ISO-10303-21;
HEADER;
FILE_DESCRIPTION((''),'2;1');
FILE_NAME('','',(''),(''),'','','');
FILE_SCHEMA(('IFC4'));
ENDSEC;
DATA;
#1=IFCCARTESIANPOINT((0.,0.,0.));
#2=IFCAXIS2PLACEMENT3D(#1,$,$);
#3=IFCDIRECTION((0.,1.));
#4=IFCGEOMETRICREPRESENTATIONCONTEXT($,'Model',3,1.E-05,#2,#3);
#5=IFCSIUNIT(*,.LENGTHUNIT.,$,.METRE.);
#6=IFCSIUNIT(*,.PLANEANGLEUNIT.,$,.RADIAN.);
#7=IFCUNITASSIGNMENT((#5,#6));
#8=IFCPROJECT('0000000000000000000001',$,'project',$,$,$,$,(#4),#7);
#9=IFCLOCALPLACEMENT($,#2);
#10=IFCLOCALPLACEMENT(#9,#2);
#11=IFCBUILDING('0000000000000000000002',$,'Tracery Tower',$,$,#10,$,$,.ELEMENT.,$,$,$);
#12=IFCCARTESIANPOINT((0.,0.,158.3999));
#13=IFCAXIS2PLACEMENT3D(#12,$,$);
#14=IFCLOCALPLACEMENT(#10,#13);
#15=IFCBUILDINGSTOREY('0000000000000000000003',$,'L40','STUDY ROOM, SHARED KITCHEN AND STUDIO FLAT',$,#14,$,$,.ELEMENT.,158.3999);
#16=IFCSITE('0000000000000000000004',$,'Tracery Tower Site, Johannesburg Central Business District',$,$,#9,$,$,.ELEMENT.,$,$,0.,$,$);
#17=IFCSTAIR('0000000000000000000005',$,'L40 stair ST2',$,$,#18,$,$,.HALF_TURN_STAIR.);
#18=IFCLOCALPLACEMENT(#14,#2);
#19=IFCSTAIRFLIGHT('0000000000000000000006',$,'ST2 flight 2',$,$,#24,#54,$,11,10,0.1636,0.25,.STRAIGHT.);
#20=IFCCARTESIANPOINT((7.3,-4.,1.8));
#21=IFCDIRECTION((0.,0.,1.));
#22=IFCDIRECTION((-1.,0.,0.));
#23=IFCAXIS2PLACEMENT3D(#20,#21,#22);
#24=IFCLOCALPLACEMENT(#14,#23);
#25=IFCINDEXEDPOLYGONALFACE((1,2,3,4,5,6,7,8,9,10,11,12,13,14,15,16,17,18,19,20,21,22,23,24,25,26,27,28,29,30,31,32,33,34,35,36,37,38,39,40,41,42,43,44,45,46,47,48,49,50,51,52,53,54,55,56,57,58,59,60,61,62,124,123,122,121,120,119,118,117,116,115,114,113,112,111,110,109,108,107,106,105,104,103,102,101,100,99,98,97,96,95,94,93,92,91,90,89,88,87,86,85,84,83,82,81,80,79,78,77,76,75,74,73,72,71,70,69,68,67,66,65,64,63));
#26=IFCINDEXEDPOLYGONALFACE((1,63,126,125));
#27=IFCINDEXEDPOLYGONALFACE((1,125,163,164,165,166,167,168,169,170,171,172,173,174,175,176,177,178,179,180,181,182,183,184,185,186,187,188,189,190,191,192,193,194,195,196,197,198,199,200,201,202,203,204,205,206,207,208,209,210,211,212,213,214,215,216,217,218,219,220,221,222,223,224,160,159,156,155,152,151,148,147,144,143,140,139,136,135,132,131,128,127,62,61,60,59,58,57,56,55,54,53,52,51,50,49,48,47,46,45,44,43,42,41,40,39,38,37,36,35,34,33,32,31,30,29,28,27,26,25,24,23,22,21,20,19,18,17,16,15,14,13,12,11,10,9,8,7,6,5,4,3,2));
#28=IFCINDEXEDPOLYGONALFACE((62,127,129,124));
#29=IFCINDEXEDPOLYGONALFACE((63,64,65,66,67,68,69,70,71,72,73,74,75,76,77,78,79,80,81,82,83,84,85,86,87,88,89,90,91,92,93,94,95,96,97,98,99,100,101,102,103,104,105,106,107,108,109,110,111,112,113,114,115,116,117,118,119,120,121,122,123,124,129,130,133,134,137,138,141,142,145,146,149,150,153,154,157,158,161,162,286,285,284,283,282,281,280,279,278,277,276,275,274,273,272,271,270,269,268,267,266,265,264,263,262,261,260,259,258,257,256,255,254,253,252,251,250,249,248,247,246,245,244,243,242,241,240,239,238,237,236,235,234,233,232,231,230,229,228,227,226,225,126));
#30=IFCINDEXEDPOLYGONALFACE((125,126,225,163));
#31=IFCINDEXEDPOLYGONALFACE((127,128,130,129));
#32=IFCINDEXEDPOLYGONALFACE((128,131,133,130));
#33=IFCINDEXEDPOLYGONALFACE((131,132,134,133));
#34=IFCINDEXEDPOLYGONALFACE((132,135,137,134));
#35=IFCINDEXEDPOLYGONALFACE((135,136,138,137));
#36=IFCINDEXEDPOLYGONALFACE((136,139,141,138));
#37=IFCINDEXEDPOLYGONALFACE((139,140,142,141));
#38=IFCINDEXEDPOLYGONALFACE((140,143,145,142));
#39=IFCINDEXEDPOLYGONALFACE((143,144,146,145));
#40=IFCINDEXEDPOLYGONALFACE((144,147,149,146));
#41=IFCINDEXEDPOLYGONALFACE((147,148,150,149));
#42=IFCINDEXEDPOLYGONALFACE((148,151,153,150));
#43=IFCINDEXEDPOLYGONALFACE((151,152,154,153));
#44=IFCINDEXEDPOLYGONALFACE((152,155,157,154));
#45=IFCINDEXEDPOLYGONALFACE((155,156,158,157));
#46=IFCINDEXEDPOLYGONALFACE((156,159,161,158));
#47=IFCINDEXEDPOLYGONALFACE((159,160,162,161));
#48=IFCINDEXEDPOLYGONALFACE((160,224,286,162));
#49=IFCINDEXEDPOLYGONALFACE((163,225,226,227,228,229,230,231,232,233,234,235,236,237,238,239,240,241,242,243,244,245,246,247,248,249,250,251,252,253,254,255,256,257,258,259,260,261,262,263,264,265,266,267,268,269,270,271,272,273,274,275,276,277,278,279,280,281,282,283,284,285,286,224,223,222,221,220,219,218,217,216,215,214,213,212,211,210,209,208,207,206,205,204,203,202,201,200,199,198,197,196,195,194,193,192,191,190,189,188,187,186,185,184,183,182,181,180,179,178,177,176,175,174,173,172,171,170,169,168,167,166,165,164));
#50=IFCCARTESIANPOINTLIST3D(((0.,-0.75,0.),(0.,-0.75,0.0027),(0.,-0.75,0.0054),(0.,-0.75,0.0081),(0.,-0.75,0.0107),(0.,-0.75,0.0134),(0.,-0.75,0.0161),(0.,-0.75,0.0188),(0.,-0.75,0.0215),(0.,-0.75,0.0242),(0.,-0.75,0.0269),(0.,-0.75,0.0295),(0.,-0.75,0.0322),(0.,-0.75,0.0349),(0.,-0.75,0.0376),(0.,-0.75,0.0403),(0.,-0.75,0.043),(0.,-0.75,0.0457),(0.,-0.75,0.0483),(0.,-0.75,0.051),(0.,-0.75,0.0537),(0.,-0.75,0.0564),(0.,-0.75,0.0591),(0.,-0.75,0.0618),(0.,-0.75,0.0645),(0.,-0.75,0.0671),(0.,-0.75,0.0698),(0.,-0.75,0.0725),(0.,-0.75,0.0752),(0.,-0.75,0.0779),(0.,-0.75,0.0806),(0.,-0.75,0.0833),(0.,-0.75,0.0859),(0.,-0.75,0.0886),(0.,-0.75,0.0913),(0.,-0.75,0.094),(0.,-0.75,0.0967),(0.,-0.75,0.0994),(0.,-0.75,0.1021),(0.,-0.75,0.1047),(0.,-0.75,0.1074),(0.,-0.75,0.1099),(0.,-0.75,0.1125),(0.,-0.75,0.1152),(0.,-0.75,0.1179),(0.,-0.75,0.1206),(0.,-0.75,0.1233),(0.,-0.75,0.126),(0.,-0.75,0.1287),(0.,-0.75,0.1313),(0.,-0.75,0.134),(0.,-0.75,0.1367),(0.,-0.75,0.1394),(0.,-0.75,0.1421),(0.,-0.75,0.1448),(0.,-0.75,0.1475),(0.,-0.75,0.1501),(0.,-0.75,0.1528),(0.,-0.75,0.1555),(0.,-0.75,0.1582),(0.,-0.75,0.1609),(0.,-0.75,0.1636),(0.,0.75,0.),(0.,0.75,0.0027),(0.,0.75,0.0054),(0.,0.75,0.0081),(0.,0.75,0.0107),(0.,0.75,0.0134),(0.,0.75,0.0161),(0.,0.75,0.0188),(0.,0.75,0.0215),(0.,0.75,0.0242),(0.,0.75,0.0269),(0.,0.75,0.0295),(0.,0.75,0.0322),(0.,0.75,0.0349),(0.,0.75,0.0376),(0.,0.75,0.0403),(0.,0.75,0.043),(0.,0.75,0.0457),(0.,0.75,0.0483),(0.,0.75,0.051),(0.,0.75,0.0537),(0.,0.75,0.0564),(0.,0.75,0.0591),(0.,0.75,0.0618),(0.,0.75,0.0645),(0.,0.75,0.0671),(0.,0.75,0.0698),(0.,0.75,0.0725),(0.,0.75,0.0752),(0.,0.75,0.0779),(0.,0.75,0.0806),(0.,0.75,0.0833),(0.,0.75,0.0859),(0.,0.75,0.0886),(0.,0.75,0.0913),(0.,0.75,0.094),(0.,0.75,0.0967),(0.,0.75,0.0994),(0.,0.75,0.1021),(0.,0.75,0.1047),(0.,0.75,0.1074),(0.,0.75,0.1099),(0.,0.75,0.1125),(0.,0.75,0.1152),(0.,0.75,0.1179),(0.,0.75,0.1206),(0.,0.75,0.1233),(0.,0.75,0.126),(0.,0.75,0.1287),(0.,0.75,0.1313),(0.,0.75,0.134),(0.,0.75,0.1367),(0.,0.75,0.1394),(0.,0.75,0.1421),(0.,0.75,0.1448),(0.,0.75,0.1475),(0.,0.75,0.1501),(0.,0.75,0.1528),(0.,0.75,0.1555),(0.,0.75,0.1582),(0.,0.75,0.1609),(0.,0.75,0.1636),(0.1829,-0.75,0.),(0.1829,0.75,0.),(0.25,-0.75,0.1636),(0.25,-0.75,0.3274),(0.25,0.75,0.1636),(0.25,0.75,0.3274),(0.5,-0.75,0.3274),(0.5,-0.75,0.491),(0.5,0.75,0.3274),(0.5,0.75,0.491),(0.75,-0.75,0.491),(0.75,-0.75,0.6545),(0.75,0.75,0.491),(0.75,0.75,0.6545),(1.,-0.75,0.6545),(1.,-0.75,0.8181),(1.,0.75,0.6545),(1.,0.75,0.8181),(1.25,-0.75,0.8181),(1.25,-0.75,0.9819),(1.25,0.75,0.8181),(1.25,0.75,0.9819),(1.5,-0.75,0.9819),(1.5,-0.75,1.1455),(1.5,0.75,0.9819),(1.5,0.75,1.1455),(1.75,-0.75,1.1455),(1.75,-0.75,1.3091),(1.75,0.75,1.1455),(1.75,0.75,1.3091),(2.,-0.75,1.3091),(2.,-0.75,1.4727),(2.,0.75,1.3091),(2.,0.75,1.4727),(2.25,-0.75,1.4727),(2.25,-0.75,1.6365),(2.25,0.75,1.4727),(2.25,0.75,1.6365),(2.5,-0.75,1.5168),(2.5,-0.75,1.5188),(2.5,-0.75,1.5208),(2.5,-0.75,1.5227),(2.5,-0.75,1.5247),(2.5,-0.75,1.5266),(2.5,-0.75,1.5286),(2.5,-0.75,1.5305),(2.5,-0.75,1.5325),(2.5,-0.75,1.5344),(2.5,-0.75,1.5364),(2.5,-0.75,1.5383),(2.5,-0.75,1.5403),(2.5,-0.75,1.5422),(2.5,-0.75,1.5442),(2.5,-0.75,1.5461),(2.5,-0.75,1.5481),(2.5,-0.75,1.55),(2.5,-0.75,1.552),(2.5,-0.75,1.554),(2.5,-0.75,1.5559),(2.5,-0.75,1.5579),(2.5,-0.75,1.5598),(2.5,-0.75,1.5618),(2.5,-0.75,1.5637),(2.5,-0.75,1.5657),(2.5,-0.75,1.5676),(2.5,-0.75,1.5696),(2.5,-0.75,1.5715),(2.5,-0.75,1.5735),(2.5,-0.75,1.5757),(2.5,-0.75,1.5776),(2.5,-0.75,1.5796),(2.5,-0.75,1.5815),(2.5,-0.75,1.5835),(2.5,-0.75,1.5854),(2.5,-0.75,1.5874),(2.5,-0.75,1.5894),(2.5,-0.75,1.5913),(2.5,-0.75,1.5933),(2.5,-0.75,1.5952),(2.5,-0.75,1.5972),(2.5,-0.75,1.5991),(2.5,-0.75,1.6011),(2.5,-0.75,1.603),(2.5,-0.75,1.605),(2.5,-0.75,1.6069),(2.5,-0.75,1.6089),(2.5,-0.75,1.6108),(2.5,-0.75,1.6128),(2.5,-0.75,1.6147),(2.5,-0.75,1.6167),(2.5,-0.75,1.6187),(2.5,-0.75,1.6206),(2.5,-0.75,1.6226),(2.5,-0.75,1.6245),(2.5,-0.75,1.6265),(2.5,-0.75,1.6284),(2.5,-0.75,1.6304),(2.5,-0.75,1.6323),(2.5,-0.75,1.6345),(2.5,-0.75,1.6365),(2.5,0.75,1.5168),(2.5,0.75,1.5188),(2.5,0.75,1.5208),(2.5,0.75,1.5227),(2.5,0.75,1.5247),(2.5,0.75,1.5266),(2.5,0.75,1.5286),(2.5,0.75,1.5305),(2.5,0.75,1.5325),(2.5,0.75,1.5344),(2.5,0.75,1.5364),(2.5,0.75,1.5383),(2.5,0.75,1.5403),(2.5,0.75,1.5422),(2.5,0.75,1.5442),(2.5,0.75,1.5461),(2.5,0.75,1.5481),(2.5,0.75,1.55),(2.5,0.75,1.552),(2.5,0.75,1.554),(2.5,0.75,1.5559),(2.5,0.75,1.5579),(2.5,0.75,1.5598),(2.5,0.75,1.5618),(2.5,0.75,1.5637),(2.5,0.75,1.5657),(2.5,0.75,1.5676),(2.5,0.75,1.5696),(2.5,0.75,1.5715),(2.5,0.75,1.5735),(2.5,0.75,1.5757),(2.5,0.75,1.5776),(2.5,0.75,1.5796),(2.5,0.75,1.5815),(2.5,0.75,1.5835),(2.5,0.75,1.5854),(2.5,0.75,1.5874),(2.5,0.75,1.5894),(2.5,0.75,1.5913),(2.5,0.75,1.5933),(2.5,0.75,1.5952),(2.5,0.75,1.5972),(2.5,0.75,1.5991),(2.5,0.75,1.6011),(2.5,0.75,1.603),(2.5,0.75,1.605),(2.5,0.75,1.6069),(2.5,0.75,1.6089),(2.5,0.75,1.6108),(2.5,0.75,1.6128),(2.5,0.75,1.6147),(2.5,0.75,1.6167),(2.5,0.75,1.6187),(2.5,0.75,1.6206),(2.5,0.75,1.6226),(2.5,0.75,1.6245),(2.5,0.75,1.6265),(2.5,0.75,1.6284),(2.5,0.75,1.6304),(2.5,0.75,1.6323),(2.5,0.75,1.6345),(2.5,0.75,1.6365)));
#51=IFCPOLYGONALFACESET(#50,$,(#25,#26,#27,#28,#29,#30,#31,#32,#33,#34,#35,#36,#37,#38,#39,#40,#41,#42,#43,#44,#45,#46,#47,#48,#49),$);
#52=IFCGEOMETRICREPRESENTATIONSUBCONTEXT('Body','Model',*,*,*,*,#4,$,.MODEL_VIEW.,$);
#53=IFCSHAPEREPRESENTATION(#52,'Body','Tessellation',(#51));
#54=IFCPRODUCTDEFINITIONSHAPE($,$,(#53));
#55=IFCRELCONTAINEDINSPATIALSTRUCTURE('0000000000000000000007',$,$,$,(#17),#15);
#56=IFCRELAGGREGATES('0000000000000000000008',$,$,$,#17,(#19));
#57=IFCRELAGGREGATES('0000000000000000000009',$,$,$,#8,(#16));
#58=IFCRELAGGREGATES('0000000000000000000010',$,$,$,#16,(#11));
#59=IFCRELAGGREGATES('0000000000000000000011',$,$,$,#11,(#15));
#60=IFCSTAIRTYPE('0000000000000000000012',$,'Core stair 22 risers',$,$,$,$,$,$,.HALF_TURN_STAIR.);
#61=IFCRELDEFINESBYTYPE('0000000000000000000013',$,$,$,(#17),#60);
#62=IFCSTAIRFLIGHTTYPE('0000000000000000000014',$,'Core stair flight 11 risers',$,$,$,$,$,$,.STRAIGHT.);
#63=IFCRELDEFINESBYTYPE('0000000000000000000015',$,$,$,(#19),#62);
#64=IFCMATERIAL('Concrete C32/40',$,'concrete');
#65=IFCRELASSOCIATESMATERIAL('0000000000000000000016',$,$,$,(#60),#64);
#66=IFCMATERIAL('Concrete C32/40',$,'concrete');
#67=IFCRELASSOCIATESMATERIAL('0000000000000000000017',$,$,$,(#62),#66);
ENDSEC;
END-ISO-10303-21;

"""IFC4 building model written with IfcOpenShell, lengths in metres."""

from ifc_helpers import new_model, si_unit, direction, frame, origin, place, context, subcontext, project, spatial, polyline, outline, extrude, material, type_object, element, aggregate, save


model = new_model("IFC4")

# Units and contexts
model_context = context("Model", 3, precision=1e-05, world=origin(), true_north=direction((0.0, 1.0)))
body_context = subcontext(model_context, "Body", "Model", "MODEL_VIEW")
ifc_project = project(units=[si_unit("LENGTHUNIT", "METRE"), si_unit("PLANEANGLEUNIT", "RADIAN")], contexts=[model_context])

# Site, building, storey
site_placement = place(None, origin())
site = spatial("IfcSite", under=ifc_project, at=site_placement, Name="Tracery Tower Site, Johannesburg Central Business District", CompositionType="ELEMENT", RefElevation=0.0)
building_placement = place(site_placement, origin())
building = spatial("IfcBuilding", under=site, at=building_placement, Name="Tracery Tower", CompositionType="ELEMENT")
storey_placement = place(building_placement, frame((0.0, 0.0, 158.3999)))
storey = spatial("IfcBuildingStorey", under=building, at=storey_placement, Name="L40", Description="STUDY ROOM, SHARED KITCHEN AND STUDIO FLAT", CompositionType="ELEMENT", Elevation=158.3999)

# Stair
ifc_material_1 = material(Name="Concrete C32/40", Category="concrete")
stair_type = type_object("IfcStairType", Name="Core stair 22 risers", PredefinedType="HALF_TURN_STAIR", material=ifc_material_1)
stair_1_placement = place(storey_placement, origin())
stair_1 = element("IfcStair", 1, at=stair_1_placement, inside=storey, type_object=stair_type, Name="L40 stair ST2", PredefinedType="HALF_TURN_STAIR")

# Stair flight
ifc_material_2 = material(Name="Concrete C32/40", Category="concrete")
stair_flight_type = type_object("IfcStairFlightType", Name="Core stair flight 11 risers", PredefinedType="STRAIGHT", material=ifc_material_2)
stair_flight_1_placement = place(storey_placement, frame((7.3, -4.0, 1.8), z_axis=(0.0, 0.0, 1.0), x_axis=(-1.0, 0.0, 0.0)))
stair_flight_1 = element("IfcStairFlight", 2, at=stair_flight_1_placement, type_object=stair_flight_type, Name="ST2 flight 2", NumberOfRisers=11, NumberOfTreads=10, PredefinedType="STRAIGHT", RiserHeight=0.1636, TreadLength=0.25, context=body_context, shape_type="SweptSolid", body=[
    extrude(outline(polyline([(0.0, 0.0), (0.0, 0.0027), (0.0, 0.0054), (0.0, 0.0081), (0.0, 0.0107), (0.0, 0.0134), (0.0, 0.0161), (0.0, 0.0188), (0.0, 0.0215), (0.0, 0.0242), (0.0, 0.0269), (0.0, 0.0295), (0.0, 0.0322), (0.0, 0.0349), (0.0, 0.0376), (0.0, 0.0403), (0.0, 0.043), (0.0, 0.0457), (0.0, 0.0483), (0.0, 0.051), (0.0, 0.0537), (0.0, 0.0564), (0.0, 0.0591), (0.0, 0.0618), (0.0, 0.0645), (0.0, 0.0671), (0.0, 0.0698), (0.0, 0.0725), (0.0, 0.0752), (0.0, 0.0779), (0.0, 0.0806), (0.0, 0.0833), (0.0, 0.0859), (0.0, 0.0886), (0.0, 0.0913), (0.0, 0.094), (0.0, 0.0967), (0.0, 0.0994), (0.0, 0.1021), (0.0, 0.1047), (0.0, 0.1074), (0.0, 0.1099), (0.0, 0.1125), (0.0, 0.1152), (0.0, 0.1179), (0.0, 0.1206), (0.0, 0.1233), (0.0, 0.126), (0.0, 0.1287), (0.0, 0.1313), (0.0, 0.134), (0.0, 0.1367), (0.0, 0.1394), (0.0, 0.1421), (0.0, 0.1448), (0.0, 0.1475), (0.0, 0.1501), (0.0, 0.1528), (0.0, 0.1555), (0.0, 0.1582), (0.0, 0.1609), (0.0, 0.1636), (0.25, 0.1636), (0.25, 0.3274), (0.5, 0.3274), (0.5, 0.491), (0.75, 0.491), (0.75, 0.6545), (1.0, 0.6545), (1.0, 0.8181), (1.25, 0.8181), (1.25, 0.9819), (1.5, 0.9819), (1.5, 1.1455), (1.75, 1.1455), (1.75, 1.3091), (2.0, 1.3091), (2.0, 1.4727), (2.25, 1.4727), (2.25, 1.6365), (2.5, 1.6365), (2.5, 1.6345), (2.5, 1.6323), (2.5, 1.6304), (2.5, 1.6284), (2.5, 1.6265), (2.5, 1.6245), (2.5, 1.6226), (2.5, 1.6206), (2.5, 1.6187), (2.5, 1.6167), (2.5, 1.6147), (2.5, 1.6128), (2.5, 1.6108), (2.5, 1.6089), (2.5, 1.6069), (2.5, 1.605), (2.5, 1.603), (2.5, 1.6011), (2.5, 1.5991), (2.5, 1.5972), (2.5, 1.5952), (2.5, 1.5933), (2.5, 1.5913), (2.5, 1.5894), (2.5, 1.5874), (2.5, 1.5854), (2.5, 1.5835), (2.5, 1.5815), (2.5, 1.5796), (2.5, 1.5776), (2.5, 1.5757), (2.5, 1.5735), (2.5, 1.5715), (2.5, 1.5696), (2.5, 1.5676), (2.5, 1.5657), (2.5, 1.5637), (2.5, 1.5618), (2.5, 1.5598), (2.5, 1.5579), (2.5, 1.5559), (2.5, 1.554), (2.5, 1.552), (2.5, 1.55), (2.5, 1.5481), (2.5, 1.5461), (2.5, 1.5442), (2.5, 1.5422), (2.5, 1.5403), (2.5, 1.5383), (2.5, 1.5364), (2.5, 1.5344), (2.5, 1.5325), (2.5, 1.5305), (2.5, 1.5286), (2.5, 1.5266), (2.5, 1.5247), (2.5, 1.5227), (2.5, 1.5208), (2.5, 1.5188), (2.5, 1.5168), (0.1829, 0.0), (0.0, 0.0)])), frame((0.0, 0.75, 0.0), z_axis=(0.0, -1.0, 0.0), x_axis=(1.0, 0.0, 0.0)), (0.0, 0.0, 1.0), 1.5),
])
aggregate(stair_1, [stair_flight_1])

save(model, "model.ifc")
